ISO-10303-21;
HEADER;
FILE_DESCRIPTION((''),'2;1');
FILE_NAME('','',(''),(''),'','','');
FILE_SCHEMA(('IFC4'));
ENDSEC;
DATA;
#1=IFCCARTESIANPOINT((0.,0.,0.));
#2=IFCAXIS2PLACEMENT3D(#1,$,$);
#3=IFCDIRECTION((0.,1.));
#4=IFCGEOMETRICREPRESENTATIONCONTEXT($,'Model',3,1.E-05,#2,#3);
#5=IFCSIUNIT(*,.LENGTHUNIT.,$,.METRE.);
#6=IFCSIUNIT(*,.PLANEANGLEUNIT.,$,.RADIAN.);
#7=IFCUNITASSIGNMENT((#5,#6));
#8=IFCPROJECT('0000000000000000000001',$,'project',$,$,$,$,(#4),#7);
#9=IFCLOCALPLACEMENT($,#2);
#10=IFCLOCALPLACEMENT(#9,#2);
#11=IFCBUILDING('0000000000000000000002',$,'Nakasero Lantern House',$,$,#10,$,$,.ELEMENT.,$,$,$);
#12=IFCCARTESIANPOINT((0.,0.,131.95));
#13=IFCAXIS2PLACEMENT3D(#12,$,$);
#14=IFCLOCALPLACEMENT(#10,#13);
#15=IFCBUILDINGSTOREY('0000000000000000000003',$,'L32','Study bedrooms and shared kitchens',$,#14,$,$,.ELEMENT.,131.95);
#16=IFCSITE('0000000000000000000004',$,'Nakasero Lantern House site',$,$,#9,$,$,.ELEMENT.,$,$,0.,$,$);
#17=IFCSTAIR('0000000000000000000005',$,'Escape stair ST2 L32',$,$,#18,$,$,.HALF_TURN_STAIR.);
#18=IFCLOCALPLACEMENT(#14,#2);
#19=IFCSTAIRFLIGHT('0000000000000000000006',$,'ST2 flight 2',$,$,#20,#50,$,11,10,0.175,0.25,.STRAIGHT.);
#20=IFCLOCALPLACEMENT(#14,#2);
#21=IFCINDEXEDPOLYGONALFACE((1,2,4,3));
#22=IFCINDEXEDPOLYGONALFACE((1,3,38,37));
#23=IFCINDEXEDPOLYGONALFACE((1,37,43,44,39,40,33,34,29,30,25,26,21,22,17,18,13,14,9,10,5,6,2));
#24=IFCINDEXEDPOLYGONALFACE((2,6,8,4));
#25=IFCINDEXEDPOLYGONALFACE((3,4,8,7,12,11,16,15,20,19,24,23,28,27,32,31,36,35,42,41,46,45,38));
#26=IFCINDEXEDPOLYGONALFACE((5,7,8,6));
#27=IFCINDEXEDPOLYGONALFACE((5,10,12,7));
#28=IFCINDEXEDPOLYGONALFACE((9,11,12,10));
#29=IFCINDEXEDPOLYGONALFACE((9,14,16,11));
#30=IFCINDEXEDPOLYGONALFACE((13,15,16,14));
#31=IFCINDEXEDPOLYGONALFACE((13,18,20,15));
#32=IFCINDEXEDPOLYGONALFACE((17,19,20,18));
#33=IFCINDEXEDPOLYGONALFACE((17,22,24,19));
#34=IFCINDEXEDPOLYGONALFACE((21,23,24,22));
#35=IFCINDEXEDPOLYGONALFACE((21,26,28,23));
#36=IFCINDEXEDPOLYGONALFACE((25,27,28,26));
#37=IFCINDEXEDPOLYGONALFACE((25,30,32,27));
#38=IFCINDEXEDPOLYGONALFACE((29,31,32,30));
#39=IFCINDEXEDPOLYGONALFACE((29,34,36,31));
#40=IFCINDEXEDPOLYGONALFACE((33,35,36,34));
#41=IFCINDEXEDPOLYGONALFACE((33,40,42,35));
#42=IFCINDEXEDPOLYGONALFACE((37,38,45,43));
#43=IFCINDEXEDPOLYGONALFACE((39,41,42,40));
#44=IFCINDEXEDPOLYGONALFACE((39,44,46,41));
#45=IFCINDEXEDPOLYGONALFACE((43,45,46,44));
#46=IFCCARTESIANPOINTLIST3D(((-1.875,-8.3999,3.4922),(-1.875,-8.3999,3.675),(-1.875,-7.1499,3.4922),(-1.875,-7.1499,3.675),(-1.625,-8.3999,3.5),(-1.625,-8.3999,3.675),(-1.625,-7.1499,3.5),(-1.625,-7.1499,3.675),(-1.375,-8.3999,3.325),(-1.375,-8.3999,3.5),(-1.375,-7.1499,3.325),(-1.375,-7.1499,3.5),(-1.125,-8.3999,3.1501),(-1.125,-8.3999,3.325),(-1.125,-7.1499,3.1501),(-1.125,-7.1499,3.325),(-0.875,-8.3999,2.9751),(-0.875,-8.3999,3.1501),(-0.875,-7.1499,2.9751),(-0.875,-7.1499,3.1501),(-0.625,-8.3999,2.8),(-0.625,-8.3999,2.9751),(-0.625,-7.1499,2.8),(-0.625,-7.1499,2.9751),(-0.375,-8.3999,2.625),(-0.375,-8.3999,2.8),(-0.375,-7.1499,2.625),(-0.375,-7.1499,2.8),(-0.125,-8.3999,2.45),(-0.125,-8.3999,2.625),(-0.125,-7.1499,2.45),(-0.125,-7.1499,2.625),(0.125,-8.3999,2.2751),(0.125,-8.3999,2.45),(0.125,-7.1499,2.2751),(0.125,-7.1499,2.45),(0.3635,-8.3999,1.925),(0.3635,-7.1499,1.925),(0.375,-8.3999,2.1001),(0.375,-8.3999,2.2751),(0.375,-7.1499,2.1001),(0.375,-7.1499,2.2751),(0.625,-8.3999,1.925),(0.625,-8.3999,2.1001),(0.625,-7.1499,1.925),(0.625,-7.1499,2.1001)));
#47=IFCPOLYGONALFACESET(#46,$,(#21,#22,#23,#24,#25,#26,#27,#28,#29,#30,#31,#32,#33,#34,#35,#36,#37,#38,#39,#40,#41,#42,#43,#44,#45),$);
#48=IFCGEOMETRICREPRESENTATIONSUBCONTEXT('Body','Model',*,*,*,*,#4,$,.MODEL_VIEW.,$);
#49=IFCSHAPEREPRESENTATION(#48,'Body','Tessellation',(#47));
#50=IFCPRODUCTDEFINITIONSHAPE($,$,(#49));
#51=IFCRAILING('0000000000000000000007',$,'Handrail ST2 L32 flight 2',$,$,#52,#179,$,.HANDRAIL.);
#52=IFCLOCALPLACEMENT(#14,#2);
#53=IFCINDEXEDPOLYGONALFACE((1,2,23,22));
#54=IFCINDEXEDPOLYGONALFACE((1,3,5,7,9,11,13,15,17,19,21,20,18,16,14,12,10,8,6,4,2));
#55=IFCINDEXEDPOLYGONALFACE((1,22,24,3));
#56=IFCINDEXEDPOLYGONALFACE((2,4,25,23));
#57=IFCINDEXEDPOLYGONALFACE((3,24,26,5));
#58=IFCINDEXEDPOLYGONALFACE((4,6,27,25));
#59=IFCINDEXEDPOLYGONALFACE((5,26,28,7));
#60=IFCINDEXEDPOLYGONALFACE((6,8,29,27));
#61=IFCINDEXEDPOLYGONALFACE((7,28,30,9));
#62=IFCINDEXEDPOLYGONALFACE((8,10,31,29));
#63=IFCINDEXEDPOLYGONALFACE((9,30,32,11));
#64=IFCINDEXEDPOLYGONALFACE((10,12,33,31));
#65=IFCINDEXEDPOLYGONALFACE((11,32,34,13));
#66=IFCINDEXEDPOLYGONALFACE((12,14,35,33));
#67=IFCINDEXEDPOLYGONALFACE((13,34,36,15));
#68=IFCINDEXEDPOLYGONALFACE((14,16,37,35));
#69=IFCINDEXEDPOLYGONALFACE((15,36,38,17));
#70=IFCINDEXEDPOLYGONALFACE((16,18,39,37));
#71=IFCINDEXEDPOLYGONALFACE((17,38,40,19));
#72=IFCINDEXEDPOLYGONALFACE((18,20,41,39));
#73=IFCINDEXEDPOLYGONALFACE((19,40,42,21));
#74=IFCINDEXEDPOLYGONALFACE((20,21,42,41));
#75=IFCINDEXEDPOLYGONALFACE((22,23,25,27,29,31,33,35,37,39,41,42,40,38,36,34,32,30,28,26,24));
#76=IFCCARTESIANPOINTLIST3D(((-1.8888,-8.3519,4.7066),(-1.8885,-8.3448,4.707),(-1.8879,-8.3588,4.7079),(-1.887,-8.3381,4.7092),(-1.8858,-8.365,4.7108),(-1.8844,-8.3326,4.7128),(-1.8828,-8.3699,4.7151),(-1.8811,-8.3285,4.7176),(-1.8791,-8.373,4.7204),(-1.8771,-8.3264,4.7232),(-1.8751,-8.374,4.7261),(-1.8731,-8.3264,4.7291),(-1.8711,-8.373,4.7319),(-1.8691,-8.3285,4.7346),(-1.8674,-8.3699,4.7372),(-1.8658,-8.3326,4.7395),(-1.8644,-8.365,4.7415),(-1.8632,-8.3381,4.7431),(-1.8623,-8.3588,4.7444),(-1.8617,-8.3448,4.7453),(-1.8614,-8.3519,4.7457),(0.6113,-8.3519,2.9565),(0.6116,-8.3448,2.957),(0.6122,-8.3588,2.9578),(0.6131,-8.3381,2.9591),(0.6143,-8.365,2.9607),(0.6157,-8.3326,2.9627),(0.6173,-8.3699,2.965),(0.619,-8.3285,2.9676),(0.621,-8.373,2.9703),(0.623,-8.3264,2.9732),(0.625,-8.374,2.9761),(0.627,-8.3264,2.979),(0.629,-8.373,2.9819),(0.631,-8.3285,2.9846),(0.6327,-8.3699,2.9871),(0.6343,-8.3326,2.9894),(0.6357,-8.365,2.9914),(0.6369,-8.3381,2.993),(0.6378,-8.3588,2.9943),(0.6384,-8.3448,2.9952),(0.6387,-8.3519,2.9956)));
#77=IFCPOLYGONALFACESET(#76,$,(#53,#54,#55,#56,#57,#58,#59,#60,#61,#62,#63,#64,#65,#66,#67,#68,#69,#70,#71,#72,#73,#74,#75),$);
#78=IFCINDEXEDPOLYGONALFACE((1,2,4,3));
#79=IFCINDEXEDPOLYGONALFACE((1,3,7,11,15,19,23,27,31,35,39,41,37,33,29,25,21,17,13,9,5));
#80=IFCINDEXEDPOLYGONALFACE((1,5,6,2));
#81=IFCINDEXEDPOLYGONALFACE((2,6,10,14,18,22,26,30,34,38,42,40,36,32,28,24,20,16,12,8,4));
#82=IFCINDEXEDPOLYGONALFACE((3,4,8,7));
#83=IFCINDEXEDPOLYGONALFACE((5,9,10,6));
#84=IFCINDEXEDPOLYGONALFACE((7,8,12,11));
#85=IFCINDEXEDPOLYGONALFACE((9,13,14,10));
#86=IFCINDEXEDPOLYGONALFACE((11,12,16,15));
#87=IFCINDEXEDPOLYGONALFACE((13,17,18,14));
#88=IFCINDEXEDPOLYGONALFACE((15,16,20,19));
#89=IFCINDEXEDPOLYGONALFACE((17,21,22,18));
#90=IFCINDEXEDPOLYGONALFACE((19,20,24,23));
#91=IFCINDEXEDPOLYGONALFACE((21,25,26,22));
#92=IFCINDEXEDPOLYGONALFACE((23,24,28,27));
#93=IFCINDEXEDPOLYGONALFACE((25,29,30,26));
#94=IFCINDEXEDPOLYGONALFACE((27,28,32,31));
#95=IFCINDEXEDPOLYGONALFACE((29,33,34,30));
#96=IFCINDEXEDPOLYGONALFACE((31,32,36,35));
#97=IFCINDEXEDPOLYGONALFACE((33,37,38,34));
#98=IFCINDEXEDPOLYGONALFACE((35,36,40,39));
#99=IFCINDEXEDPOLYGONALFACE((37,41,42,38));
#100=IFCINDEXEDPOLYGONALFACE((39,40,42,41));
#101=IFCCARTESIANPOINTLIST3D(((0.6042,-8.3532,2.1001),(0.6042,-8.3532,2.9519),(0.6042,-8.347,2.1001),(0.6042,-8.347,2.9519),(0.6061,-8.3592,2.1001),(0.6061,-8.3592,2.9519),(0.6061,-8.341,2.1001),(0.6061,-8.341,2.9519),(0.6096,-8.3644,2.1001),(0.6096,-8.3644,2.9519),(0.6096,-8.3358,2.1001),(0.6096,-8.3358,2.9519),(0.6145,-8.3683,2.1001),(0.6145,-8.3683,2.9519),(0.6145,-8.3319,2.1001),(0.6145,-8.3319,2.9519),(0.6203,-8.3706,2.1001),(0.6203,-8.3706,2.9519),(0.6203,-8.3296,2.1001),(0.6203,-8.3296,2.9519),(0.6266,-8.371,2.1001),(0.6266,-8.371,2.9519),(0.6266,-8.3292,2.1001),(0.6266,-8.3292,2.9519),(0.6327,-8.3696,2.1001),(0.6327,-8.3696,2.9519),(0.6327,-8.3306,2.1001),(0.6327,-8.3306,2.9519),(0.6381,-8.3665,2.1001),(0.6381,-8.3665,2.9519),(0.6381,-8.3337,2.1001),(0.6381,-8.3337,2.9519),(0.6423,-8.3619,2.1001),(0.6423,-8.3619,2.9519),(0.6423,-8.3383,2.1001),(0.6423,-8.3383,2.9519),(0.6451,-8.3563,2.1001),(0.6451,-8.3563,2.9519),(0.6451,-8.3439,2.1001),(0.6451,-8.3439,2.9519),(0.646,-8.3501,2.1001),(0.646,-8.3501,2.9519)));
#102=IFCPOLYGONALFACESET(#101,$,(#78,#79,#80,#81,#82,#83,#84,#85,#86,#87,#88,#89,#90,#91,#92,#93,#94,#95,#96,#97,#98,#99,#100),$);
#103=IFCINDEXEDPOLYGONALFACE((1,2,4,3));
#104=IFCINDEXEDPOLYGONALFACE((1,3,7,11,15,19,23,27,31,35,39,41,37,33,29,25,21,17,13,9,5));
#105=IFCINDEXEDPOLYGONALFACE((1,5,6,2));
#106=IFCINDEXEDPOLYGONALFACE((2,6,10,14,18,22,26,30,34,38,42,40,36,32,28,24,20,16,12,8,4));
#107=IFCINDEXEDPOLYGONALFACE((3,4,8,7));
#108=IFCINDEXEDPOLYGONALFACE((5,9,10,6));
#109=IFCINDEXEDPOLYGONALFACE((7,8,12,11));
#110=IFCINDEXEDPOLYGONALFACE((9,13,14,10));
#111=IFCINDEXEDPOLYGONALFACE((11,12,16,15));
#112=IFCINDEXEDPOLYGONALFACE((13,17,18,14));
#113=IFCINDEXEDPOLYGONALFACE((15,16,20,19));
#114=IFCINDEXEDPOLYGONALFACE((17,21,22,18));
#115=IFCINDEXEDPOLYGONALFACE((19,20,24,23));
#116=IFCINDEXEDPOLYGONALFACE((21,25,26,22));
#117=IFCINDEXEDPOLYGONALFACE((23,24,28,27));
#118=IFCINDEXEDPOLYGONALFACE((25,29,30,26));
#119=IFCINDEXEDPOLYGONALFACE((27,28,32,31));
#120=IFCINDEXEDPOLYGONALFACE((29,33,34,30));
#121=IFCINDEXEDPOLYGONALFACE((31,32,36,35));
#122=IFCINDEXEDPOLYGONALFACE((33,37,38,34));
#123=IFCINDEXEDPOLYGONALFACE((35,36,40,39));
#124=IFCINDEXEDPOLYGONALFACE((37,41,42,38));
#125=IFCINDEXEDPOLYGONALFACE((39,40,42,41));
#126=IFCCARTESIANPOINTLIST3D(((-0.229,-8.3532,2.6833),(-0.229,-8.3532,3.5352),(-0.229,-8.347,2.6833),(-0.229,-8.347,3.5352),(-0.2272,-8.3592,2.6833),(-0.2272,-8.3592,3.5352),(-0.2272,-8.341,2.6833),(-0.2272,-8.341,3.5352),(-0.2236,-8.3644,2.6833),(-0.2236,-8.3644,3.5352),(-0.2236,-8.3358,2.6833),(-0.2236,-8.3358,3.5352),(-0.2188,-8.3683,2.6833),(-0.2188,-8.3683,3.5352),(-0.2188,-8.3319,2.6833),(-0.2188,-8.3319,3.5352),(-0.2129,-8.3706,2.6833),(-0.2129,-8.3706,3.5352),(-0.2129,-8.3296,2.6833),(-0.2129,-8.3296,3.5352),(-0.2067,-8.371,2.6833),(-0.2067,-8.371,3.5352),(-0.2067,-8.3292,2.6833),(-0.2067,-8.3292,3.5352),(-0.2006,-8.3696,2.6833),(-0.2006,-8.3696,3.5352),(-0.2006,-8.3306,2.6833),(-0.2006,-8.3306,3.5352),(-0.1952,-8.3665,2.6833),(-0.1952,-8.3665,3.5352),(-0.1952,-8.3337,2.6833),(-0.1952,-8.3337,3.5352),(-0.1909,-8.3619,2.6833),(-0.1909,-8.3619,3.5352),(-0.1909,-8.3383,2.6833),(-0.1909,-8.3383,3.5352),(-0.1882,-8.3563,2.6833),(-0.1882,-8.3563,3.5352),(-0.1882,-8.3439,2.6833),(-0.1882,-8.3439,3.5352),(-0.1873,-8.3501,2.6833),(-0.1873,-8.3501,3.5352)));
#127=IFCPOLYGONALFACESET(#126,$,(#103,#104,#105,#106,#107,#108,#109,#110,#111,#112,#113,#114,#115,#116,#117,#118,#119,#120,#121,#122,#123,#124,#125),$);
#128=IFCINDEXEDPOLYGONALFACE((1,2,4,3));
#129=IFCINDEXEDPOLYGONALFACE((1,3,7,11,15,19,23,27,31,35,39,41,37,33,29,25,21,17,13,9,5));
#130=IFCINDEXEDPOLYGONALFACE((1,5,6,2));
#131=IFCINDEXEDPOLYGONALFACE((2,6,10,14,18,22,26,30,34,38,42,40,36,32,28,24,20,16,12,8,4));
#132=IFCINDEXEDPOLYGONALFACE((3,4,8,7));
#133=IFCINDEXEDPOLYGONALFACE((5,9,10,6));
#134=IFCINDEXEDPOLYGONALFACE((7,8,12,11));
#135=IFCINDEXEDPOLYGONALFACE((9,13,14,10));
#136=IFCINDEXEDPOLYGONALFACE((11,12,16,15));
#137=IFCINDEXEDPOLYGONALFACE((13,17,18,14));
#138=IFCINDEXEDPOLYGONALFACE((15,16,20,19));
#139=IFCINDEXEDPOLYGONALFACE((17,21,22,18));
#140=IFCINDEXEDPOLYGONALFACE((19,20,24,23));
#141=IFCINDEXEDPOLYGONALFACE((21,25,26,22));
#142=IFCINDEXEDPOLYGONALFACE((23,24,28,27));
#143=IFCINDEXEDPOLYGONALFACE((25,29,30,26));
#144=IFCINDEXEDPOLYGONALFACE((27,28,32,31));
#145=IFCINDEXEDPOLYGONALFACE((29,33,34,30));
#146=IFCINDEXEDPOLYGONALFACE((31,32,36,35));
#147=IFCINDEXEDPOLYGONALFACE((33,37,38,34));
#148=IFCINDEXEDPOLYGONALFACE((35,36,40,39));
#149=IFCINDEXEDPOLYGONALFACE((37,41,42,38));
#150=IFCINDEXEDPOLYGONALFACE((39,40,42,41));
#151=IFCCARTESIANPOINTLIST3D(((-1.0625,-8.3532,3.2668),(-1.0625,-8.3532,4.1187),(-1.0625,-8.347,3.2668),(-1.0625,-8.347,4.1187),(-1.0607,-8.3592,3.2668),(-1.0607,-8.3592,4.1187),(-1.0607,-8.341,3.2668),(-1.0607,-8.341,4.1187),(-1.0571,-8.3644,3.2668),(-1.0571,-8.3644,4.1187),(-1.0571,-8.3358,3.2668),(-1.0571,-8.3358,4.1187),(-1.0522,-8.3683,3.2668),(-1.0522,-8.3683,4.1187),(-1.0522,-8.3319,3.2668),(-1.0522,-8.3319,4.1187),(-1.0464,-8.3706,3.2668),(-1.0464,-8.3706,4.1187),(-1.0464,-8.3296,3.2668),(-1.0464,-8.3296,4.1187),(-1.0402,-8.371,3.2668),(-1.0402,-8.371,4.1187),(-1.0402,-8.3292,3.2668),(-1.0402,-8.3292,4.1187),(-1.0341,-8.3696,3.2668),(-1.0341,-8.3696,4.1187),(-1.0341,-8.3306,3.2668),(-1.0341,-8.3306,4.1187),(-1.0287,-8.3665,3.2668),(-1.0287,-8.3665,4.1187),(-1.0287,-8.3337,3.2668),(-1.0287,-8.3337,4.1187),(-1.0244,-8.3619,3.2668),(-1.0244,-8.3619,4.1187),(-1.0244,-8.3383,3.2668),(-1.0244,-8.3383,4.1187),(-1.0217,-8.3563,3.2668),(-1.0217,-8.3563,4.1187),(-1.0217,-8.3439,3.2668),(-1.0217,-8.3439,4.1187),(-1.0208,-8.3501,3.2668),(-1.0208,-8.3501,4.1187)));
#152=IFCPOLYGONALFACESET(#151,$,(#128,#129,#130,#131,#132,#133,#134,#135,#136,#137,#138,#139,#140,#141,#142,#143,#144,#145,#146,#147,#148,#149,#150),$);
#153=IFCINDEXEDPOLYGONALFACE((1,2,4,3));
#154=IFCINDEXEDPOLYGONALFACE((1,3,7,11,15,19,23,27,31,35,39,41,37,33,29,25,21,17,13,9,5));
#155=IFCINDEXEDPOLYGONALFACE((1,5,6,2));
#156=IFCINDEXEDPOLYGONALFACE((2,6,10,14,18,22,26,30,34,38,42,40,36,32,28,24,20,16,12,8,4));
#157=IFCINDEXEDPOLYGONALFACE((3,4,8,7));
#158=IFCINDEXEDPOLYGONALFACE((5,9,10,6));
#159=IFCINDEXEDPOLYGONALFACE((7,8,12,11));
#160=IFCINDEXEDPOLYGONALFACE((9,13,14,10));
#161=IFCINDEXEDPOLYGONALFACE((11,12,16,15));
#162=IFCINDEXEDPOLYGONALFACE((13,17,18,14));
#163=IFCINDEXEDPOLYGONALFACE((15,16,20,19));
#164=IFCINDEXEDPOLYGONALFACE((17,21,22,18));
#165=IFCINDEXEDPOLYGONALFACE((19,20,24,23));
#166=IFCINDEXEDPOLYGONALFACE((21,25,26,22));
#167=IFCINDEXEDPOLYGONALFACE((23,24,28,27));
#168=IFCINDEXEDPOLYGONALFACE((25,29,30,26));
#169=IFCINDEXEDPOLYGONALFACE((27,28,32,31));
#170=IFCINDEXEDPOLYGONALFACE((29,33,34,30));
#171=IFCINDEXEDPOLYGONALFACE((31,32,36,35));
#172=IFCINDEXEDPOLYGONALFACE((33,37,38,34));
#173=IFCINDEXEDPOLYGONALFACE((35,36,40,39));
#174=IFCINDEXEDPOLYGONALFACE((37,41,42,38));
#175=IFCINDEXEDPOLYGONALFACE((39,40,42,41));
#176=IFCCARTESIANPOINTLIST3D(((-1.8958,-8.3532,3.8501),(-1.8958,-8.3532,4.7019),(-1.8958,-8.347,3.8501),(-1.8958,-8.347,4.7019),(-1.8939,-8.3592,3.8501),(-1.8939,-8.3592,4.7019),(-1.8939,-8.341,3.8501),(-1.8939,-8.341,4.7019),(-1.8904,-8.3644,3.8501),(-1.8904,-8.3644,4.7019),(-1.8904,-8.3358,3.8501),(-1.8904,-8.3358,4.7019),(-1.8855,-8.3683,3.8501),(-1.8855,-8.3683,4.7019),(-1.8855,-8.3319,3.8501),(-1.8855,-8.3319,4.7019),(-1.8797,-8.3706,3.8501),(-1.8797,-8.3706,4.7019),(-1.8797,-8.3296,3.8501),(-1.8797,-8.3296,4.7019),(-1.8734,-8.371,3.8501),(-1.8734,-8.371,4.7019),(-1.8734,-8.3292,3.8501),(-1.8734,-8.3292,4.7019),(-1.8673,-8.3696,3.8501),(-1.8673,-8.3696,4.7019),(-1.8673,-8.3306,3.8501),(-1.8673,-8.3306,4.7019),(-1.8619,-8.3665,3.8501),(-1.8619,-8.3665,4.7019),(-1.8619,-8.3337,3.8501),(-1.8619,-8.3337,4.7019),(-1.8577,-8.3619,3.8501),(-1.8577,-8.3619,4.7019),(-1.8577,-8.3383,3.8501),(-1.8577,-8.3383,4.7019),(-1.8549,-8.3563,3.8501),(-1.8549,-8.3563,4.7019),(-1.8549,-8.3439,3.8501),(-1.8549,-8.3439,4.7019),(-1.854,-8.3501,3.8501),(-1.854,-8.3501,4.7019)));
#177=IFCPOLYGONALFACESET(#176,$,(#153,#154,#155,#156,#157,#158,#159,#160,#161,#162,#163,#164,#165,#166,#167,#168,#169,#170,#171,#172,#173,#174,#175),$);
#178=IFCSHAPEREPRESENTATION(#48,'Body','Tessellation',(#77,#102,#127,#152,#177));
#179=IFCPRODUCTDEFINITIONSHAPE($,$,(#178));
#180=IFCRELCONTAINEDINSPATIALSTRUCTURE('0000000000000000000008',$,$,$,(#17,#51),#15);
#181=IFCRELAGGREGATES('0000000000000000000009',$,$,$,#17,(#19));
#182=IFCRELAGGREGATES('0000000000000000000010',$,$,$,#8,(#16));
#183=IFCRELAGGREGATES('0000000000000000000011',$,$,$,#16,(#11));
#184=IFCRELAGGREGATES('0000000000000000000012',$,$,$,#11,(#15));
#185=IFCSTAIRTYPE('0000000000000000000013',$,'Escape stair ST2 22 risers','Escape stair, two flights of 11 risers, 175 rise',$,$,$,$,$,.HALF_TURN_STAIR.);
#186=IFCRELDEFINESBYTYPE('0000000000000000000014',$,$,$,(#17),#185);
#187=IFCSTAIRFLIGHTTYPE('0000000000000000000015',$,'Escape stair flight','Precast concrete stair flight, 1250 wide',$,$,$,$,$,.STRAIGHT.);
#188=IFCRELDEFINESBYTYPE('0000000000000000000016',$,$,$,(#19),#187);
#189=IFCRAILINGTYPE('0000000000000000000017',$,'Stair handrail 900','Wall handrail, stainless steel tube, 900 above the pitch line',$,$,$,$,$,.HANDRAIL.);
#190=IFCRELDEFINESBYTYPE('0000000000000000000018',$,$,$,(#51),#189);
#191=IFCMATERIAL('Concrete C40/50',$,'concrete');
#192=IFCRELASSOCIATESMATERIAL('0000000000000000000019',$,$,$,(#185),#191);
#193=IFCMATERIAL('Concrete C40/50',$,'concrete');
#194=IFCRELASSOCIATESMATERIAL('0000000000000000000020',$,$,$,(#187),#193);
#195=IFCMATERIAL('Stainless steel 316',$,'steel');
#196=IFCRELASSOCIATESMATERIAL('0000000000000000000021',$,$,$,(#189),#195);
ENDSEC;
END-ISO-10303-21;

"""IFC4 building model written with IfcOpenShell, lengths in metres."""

from ifc_helpers import new_model, si_unit, direction, frame, origin, origin_2d, place, context, subcontext, project, spatial, polyline, circle, outline, extrude, material, type_object, element, aggregate, save


model = new_model("IFC4")

# Units and contexts
model_context = context("Model", 3, precision=1e-05, world=origin(), true_north=direction((0.0, 1.0)))
body_context = subcontext(model_context, "Body", "Model", "MODEL_VIEW")
ifc_project = project(units=[si_unit("LENGTHUNIT", "METRE"), si_unit("PLANEANGLEUNIT", "RADIAN")], contexts=[model_context])

# Site, building, storey
site_placement = place(None, origin())
site = spatial("IfcSite", under=ifc_project, at=site_placement, Name="Nakasero Lantern House site", CompositionType="ELEMENT", RefElevation=0.0)
building_placement = place(site_placement, origin())
building = spatial("IfcBuilding", under=site, at=building_placement, Name="Nakasero Lantern House", CompositionType="ELEMENT")
storey_placement = place(building_placement, frame((0.0, 0.0, 131.95)))
storey = spatial("IfcBuildingStorey", under=building, at=storey_placement, Name="L32", Description="Study bedrooms and shared kitchens", CompositionType="ELEMENT", Elevation=131.95)

# Stair, stair flight
ifc_material_1 = material(Name="Concrete C40/50", Category="concrete")
stair_type_1 = type_object("IfcStairType", Name="Escape stair ST2 22 risers", Description="Escape stair, two flights of 11 risers, 175 rise", PredefinedType="HALF_TURN_STAIR", material=ifc_material_1)
stair_1_placement = place(storey_placement, origin())
stair_1 = element("IfcStair", 1, at=stair_1_placement, inside=storey, type_object=stair_type_1, Name="Escape stair ST2 L32", PredefinedType="HALF_TURN_STAIR")
ifc_material_2 = material(Name="Concrete C40/50", Category="concrete")
stair_flight_type = type_object("IfcStairFlightType", Name="Escape stair flight", Description="Precast concrete stair flight, 1250 wide", PredefinedType="STRAIGHT", material=ifc_material_2)
stair_flight_placement = place(storey_placement, frame((0.625, -7.7749, 1.925), z_axis=(0.0, 0.0, 1.0), x_axis=(-1.0, 0.0, 0.0)))
stair_flight = element("IfcStairFlight", 2, at=stair_flight_placement, type_object=stair_flight_type, Name="ST2 flight 2", NumberOfRisers=11, NumberOfTreads=10, PredefinedType="STRAIGHT", RiserHeight=0.175, TreadLength=0.25, context=body_context, shape_type="SweptSolid", body=[
    extrude(outline(polyline([(0.0, 0.0), (0.0, 0.175), (0.25, 0.175), (0.25, 0.3501), (0.5, 0.3501), (0.5, 0.5249), (0.75, 0.5249), (0.75, 0.7), (1.0, 0.7), (1.0, 0.875), (1.25, 0.875), (1.25, 1.05), (1.5, 1.05), (1.5, 1.2251), (1.75, 1.2251), (1.75, 1.3999), (2.0, 1.3999), (2.0, 1.575), (2.25, 1.575), (2.25, 1.75), (2.5, 1.75), (2.5, 1.925), (2.5, 1.5671), (0.2615, 0.0), (0.0, 0.0)])), frame((0.0, 0.625, 0.0), z_axis=(0.0, -1.0, 0.0), x_axis=(1.0, 0.0, 0.0)), (0.0, 0.0, 1.0), 1.25),
])
aggregate(stair_1, [stair_flight])

# Railing
ifc_material_3 = material(Name="Stainless steel 316", Category="steel")
railing_type = type_object("IfcRailingType", Name="Stair handrail 900", Description="Wall handrail, stainless steel tube, 900 above the pitch line", PredefinedType="HANDRAIL", material=ifc_material_3)
railing_placement = place(storey_placement, frame((0.625, -8.3501, 2.1001)))
element("IfcRailing", 3, at=railing_placement, inside=storey, type_object=railing_type, Name="Handrail ST2 L32 flight 2", PredefinedType="HANDRAIL", context=body_context, shape_type="SweptSolid", body=[
    extrude(circle(Radius=0.0239, at=origin_2d()), frame((0.0, 0.0, 0.876), z_axis=(-0.819232, 0.0, 0.573462), x_axis=(0.0, -1.0, 0.0)), (0.0, 0.0, 1.0), 3.0518),
    extrude(circle(Radius=0.021, at=origin_2d()), origin(), (0.0, 0.0, 1.0), 0.8518),
    extrude(circle(Radius=0.021, at=origin_2d()), frame((-0.8333, 0.0, 0.5833)), (0.0, 0.0, 1.0), 0.8518),
    extrude(circle(Radius=0.021, at=origin_2d()), frame((-1.6667, 0.0, 1.1667)), (0.0, 0.0, 1.0), 0.8518),
    extrude(circle(Radius=0.021, at=origin_2d()), frame((-2.5, 0.0, 1.75)), (0.0, 0.0, 1.0), 0.8518),
])

save(model, "model.ifc")
